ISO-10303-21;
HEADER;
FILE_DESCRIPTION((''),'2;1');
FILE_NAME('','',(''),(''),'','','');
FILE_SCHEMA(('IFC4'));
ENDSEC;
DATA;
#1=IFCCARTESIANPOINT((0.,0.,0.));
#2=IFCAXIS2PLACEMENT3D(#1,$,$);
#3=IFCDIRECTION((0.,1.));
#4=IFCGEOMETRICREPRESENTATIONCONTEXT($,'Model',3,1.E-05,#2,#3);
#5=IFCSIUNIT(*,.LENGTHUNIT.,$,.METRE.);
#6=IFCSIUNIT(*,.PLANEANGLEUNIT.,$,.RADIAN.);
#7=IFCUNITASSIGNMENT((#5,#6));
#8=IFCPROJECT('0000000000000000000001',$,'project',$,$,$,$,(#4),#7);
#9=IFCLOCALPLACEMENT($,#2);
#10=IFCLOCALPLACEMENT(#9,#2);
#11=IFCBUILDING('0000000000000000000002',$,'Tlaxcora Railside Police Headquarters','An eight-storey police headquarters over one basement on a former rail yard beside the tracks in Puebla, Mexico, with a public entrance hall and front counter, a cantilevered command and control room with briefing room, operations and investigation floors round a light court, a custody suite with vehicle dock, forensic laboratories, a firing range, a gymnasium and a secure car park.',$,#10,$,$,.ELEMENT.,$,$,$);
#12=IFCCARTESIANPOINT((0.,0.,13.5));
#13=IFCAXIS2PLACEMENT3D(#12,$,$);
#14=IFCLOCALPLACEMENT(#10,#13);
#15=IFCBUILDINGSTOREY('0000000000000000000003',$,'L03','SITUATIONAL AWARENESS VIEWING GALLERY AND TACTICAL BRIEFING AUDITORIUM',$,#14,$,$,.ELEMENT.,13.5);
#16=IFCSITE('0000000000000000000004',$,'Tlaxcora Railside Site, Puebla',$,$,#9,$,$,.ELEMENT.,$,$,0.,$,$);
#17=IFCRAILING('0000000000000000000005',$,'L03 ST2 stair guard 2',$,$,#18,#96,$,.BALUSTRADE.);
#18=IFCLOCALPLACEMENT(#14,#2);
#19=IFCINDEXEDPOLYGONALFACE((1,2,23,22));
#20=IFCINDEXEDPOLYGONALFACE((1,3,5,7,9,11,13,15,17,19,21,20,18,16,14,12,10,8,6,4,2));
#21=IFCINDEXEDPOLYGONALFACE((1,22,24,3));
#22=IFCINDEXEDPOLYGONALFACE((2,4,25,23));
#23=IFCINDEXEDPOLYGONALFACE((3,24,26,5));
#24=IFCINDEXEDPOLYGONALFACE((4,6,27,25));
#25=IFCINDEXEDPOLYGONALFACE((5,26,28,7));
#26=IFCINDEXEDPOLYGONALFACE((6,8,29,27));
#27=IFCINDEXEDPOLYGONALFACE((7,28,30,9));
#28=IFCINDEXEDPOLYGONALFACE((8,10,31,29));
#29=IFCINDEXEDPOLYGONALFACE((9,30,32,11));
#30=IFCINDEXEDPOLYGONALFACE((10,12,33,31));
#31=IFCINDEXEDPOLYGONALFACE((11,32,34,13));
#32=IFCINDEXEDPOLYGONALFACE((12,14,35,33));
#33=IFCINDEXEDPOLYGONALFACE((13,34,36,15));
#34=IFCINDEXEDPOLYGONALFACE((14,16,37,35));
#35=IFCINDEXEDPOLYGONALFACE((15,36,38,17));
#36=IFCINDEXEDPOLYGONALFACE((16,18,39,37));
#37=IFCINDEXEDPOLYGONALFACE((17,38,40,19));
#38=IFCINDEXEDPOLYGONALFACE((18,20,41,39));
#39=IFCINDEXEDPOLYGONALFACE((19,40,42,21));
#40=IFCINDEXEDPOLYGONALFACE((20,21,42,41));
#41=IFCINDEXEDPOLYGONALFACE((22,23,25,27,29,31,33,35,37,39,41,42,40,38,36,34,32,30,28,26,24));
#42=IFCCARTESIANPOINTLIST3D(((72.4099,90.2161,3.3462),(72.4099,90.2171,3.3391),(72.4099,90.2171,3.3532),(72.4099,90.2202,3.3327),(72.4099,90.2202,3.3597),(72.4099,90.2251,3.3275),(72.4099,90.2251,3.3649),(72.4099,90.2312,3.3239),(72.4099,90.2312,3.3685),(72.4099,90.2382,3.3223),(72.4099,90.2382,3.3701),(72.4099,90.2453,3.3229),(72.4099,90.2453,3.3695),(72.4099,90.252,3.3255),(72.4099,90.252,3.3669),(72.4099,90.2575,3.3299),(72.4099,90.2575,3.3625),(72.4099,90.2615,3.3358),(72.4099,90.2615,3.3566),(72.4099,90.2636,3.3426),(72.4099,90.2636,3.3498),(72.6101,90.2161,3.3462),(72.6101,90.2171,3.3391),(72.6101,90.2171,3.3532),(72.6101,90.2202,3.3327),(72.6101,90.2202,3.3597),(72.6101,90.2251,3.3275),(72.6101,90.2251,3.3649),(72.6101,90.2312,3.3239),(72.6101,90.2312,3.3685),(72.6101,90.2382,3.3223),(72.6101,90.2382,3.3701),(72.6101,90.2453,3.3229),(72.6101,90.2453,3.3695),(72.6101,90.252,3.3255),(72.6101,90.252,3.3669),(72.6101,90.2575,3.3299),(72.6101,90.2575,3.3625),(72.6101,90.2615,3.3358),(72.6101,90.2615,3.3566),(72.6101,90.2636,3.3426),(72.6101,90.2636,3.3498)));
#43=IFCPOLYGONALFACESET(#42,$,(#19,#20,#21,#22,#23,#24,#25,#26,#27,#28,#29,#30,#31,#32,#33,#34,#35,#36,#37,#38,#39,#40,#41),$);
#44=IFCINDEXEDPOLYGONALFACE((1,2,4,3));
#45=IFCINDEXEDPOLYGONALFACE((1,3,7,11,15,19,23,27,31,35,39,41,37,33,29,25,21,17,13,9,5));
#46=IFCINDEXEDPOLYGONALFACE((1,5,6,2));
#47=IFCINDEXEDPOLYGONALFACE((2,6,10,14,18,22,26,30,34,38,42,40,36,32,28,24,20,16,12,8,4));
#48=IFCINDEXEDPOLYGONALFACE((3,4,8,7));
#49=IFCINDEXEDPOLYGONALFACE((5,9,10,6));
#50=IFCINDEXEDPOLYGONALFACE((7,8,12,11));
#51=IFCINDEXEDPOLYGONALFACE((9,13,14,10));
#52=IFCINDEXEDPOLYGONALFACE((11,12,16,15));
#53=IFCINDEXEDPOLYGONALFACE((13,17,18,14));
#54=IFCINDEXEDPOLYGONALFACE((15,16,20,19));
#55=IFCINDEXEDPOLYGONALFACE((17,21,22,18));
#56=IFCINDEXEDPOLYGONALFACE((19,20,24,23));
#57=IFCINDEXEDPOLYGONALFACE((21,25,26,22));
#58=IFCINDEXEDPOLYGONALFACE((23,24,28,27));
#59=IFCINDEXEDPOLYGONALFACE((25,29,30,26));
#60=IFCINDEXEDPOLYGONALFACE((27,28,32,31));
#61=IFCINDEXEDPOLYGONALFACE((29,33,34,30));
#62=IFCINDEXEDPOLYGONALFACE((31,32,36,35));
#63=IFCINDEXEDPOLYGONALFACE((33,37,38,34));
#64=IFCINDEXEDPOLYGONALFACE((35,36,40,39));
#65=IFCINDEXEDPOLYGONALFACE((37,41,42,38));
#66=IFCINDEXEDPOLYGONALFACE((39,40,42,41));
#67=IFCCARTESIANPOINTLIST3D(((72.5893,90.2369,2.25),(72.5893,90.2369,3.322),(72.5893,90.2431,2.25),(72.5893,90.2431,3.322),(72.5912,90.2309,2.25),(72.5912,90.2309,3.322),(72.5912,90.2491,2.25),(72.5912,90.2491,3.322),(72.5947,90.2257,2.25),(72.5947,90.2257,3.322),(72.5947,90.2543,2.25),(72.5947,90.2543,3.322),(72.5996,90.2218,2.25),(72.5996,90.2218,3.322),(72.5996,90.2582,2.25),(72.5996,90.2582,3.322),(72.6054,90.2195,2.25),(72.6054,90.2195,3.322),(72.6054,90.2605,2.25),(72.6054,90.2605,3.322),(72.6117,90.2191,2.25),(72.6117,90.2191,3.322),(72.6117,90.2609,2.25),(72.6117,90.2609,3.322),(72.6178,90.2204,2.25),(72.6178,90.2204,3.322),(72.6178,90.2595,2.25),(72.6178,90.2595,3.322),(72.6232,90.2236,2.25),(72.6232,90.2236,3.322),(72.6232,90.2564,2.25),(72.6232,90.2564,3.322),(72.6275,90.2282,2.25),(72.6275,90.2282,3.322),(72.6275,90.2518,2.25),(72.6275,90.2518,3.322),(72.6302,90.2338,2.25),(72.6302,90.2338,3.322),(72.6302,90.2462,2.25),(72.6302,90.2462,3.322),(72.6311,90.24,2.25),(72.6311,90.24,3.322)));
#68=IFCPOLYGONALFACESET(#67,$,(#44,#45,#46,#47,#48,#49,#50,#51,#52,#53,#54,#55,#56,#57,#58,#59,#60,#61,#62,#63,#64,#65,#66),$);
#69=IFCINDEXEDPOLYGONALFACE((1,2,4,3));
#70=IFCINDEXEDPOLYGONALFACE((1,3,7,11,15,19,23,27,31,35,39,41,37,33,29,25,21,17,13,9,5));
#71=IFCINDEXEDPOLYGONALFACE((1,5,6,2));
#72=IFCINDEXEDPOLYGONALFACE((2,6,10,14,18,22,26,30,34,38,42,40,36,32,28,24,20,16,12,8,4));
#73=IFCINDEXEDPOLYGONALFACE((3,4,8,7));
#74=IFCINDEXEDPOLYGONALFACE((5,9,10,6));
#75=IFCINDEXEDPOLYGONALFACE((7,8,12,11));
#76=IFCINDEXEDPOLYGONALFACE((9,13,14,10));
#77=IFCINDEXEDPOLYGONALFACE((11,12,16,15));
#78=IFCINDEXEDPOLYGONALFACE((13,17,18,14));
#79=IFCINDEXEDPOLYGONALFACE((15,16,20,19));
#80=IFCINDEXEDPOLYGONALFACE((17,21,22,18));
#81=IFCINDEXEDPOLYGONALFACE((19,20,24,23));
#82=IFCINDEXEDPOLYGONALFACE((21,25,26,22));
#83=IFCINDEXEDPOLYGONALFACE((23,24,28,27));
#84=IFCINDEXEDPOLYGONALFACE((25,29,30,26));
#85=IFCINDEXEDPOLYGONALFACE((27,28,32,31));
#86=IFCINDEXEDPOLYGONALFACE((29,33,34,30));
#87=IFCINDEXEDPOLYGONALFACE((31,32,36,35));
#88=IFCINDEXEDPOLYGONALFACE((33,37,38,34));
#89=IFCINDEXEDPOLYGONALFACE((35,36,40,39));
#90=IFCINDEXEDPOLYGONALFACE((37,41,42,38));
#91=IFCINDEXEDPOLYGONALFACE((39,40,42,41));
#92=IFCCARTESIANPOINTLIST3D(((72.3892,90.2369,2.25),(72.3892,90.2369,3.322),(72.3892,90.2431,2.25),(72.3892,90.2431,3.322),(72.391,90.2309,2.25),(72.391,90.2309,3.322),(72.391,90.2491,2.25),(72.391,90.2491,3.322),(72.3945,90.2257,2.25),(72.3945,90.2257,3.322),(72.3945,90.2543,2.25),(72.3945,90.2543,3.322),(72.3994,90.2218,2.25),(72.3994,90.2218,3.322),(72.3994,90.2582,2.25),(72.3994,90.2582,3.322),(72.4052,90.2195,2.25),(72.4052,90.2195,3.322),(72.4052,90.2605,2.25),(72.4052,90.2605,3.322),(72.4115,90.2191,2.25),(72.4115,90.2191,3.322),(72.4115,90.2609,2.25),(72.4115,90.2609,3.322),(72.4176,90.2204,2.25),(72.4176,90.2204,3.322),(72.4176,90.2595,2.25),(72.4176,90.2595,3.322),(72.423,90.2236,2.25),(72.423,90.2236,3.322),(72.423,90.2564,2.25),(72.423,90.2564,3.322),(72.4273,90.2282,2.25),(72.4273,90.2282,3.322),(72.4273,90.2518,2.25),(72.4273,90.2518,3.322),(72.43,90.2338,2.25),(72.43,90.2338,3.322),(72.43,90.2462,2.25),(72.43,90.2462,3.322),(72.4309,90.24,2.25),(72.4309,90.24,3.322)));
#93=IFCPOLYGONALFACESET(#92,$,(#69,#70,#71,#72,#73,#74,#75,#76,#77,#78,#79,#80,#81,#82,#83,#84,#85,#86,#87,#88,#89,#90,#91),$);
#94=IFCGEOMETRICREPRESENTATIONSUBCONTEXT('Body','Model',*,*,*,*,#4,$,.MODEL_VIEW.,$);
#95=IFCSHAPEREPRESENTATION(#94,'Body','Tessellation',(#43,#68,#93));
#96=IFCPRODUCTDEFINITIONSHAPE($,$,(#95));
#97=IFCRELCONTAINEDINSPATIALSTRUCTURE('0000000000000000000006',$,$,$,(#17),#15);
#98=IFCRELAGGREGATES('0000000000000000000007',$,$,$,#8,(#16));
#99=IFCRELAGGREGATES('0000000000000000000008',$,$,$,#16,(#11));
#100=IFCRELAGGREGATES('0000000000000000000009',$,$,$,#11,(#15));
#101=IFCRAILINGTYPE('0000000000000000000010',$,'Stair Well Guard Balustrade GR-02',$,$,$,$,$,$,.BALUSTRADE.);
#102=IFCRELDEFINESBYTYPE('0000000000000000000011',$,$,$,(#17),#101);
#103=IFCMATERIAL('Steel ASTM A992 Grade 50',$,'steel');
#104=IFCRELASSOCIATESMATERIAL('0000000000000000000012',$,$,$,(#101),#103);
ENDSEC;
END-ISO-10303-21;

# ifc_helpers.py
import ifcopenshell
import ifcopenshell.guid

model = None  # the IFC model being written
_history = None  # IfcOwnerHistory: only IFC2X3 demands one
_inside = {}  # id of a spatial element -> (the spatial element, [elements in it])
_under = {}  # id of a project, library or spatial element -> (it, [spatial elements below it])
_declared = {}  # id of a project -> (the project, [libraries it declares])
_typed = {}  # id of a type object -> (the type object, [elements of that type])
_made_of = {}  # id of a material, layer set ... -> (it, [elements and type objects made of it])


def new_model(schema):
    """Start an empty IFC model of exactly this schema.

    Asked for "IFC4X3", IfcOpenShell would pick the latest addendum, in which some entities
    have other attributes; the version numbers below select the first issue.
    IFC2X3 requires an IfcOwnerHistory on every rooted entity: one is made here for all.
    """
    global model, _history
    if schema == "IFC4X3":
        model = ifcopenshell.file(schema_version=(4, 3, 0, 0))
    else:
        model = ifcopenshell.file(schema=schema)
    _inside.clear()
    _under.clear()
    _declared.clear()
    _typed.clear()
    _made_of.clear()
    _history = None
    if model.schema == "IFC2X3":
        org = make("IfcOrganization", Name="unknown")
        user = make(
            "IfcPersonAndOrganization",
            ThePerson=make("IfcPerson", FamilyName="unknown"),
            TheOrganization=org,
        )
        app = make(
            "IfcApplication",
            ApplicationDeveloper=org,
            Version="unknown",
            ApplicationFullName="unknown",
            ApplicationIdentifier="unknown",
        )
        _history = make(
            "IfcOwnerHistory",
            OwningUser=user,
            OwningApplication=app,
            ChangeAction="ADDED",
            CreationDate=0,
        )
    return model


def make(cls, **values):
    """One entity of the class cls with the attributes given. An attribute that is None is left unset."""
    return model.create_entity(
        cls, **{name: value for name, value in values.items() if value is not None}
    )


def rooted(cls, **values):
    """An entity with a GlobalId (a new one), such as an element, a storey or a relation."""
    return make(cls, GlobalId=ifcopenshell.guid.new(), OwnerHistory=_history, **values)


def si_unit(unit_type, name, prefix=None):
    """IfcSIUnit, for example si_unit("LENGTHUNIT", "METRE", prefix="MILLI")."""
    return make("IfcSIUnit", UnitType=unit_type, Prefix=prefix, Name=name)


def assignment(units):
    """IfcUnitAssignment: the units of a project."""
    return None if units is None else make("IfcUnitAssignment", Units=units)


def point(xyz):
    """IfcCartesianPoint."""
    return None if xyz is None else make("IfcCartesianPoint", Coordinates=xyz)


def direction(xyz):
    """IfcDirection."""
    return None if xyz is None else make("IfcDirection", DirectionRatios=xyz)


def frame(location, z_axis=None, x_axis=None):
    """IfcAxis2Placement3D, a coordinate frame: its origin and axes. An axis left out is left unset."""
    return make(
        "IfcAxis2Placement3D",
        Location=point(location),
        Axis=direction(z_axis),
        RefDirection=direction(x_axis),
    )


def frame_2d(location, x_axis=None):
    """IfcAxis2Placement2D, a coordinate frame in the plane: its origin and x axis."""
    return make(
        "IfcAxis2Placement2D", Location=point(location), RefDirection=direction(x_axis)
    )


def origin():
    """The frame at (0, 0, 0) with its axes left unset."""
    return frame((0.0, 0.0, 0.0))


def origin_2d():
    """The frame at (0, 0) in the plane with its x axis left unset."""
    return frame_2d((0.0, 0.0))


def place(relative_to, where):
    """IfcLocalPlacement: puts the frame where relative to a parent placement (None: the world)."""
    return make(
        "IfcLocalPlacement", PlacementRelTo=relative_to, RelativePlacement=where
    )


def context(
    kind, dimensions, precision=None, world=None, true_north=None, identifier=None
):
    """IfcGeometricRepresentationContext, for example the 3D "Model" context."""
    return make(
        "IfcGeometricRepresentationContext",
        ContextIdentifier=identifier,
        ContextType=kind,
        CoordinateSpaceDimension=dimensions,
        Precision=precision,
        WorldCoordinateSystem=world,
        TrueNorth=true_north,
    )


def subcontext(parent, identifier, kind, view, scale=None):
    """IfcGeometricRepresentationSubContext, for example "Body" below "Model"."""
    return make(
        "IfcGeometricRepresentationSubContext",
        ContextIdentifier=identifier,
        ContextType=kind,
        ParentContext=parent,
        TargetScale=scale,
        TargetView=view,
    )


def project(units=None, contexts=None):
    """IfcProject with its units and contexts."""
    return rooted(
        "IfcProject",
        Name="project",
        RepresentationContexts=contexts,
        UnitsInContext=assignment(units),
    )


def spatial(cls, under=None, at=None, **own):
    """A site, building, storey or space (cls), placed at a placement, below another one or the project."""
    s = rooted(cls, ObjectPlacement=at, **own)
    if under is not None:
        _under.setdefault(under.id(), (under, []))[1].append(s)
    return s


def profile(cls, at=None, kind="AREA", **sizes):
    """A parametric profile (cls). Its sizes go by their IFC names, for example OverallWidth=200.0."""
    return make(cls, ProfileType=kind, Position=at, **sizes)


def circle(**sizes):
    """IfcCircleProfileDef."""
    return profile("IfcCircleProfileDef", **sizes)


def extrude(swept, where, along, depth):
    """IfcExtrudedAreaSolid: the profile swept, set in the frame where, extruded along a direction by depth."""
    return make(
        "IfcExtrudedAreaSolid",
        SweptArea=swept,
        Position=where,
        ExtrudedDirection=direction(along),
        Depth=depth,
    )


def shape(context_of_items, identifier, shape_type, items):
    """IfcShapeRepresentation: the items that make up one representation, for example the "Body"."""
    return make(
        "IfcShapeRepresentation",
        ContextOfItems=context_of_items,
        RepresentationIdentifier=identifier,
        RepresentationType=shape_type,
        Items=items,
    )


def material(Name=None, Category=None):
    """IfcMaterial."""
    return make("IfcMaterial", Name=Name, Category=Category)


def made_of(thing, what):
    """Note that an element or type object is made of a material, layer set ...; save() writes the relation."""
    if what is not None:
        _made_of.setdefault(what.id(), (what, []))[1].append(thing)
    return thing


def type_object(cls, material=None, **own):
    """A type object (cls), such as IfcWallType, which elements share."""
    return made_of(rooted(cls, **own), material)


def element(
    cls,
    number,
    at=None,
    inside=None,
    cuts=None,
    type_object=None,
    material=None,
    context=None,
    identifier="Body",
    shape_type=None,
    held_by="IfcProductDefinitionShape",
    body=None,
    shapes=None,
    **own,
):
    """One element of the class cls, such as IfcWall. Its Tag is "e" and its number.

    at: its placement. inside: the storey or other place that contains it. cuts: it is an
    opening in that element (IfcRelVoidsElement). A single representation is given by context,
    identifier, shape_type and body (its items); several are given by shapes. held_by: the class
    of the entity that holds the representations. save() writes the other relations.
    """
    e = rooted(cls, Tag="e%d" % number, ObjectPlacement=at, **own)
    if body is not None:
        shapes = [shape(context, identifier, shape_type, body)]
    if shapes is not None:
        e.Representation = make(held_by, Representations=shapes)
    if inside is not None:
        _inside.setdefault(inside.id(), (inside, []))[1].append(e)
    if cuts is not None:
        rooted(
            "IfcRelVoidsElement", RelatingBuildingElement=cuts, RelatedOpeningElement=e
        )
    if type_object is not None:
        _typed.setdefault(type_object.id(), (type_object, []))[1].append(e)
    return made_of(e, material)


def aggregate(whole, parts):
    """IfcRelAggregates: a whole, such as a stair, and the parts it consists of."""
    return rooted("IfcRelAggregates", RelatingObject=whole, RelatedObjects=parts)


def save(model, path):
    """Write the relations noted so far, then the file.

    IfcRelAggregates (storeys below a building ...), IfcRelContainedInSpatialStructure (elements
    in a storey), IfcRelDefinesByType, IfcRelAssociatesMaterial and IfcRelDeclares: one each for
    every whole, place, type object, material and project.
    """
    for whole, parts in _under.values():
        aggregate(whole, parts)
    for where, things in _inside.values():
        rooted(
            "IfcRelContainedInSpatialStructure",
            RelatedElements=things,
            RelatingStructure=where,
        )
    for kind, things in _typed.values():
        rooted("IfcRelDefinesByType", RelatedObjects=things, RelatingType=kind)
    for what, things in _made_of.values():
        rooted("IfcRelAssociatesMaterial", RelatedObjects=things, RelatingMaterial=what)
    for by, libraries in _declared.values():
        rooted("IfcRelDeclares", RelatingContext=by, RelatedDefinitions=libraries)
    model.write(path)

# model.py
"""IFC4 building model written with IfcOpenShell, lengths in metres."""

from ifc_helpers import new_model, si_unit, direction, frame, origin, origin_2d, place, context, subcontext, project, spatial, circle, extrude, material, type_object, element, save


model = new_model("IFC4")

# Units and contexts
model_context = context("Model", 3, precision=1e-05, world=origin(), true_north=direction((0.0, 1.0)))
body_context = subcontext(model_context, "Body", "Model", "MODEL_VIEW")
ifc_project = project(units=[si_unit("LENGTHUNIT", "METRE"), si_unit("PLANEANGLEUNIT", "RADIAN")], contexts=[model_context])

# Site, building, storey
site_placement = place(None, origin())
site = spatial("IfcSite", under=ifc_project, at=site_placement, Name="Tlaxcora Railside Site, Puebla", CompositionType="ELEMENT", RefElevation=0.0)
building_placement = place(site_placement, origin())
building = spatial("IfcBuilding", under=site, at=building_placement, Name="Tlaxcora Railside Police Headquarters", Description="An eight-storey police headquarters over one basement on a former rail yard beside the tracks in Puebla, Mexico, with a public entrance hall and front counter, a cantilevered command and control room with briefing room, operations and investigation floors round a light court, a custody suite with vehicle dock, forensic laboratories, a firing range, a gymnasium and a secure car park.", CompositionType="ELEMENT")
storey_placement = place(building_placement, frame((0.0, 0.0, 13.5)))
storey = spatial("IfcBuildingStorey", under=building, at=storey_placement, Name="L03", Description="SITUATIONAL AWARENESS VIEWING GALLERY AND TACTICAL BRIEFING AUDITORIUM", CompositionType="ELEMENT", Elevation=13.5)

# Shared definitions
ifc_material_1 = material(Name="Steel ASTM A992 Grade 50", Category="steel")

# Railing
railing_type_1 = type_object("IfcRailingType", Name="Stair Well Guard Balustrade GR-02", PredefinedType="BALUSTRADE", material=ifc_material_1)
railing_1_placement = place(storey_placement, frame((72.6101, 90.24, 2.25)))
element("IfcRailing", 1, at=railing_1_placement, inside=storey, type_object=railing_type_1, Name="L03 ST2 stair guard 2", PredefinedType="BALUSTRADE", context=body_context, shape_type="SweptSolid", body=[
    extrude(circle(Radius=0.0239, at=origin_2d()), frame((0.0, 0.0, 1.0962), z_axis=(-1.0, 0.0, 0.0), x_axis=(0.0, -1.0, 0.0)), (0.0, 0.0, 1.0), 0.2002),
    extrude(circle(Radius=0.021, at=origin_2d()), origin(), (0.0, 0.0, 1.0), 1.072),
    extrude(circle(Radius=0.021, at=origin_2d()), frame((-0.2002, 0.0, 0.0)), (0.0, 0.0, 1.0), 1.072),
])

save(model, "model.ifc")
